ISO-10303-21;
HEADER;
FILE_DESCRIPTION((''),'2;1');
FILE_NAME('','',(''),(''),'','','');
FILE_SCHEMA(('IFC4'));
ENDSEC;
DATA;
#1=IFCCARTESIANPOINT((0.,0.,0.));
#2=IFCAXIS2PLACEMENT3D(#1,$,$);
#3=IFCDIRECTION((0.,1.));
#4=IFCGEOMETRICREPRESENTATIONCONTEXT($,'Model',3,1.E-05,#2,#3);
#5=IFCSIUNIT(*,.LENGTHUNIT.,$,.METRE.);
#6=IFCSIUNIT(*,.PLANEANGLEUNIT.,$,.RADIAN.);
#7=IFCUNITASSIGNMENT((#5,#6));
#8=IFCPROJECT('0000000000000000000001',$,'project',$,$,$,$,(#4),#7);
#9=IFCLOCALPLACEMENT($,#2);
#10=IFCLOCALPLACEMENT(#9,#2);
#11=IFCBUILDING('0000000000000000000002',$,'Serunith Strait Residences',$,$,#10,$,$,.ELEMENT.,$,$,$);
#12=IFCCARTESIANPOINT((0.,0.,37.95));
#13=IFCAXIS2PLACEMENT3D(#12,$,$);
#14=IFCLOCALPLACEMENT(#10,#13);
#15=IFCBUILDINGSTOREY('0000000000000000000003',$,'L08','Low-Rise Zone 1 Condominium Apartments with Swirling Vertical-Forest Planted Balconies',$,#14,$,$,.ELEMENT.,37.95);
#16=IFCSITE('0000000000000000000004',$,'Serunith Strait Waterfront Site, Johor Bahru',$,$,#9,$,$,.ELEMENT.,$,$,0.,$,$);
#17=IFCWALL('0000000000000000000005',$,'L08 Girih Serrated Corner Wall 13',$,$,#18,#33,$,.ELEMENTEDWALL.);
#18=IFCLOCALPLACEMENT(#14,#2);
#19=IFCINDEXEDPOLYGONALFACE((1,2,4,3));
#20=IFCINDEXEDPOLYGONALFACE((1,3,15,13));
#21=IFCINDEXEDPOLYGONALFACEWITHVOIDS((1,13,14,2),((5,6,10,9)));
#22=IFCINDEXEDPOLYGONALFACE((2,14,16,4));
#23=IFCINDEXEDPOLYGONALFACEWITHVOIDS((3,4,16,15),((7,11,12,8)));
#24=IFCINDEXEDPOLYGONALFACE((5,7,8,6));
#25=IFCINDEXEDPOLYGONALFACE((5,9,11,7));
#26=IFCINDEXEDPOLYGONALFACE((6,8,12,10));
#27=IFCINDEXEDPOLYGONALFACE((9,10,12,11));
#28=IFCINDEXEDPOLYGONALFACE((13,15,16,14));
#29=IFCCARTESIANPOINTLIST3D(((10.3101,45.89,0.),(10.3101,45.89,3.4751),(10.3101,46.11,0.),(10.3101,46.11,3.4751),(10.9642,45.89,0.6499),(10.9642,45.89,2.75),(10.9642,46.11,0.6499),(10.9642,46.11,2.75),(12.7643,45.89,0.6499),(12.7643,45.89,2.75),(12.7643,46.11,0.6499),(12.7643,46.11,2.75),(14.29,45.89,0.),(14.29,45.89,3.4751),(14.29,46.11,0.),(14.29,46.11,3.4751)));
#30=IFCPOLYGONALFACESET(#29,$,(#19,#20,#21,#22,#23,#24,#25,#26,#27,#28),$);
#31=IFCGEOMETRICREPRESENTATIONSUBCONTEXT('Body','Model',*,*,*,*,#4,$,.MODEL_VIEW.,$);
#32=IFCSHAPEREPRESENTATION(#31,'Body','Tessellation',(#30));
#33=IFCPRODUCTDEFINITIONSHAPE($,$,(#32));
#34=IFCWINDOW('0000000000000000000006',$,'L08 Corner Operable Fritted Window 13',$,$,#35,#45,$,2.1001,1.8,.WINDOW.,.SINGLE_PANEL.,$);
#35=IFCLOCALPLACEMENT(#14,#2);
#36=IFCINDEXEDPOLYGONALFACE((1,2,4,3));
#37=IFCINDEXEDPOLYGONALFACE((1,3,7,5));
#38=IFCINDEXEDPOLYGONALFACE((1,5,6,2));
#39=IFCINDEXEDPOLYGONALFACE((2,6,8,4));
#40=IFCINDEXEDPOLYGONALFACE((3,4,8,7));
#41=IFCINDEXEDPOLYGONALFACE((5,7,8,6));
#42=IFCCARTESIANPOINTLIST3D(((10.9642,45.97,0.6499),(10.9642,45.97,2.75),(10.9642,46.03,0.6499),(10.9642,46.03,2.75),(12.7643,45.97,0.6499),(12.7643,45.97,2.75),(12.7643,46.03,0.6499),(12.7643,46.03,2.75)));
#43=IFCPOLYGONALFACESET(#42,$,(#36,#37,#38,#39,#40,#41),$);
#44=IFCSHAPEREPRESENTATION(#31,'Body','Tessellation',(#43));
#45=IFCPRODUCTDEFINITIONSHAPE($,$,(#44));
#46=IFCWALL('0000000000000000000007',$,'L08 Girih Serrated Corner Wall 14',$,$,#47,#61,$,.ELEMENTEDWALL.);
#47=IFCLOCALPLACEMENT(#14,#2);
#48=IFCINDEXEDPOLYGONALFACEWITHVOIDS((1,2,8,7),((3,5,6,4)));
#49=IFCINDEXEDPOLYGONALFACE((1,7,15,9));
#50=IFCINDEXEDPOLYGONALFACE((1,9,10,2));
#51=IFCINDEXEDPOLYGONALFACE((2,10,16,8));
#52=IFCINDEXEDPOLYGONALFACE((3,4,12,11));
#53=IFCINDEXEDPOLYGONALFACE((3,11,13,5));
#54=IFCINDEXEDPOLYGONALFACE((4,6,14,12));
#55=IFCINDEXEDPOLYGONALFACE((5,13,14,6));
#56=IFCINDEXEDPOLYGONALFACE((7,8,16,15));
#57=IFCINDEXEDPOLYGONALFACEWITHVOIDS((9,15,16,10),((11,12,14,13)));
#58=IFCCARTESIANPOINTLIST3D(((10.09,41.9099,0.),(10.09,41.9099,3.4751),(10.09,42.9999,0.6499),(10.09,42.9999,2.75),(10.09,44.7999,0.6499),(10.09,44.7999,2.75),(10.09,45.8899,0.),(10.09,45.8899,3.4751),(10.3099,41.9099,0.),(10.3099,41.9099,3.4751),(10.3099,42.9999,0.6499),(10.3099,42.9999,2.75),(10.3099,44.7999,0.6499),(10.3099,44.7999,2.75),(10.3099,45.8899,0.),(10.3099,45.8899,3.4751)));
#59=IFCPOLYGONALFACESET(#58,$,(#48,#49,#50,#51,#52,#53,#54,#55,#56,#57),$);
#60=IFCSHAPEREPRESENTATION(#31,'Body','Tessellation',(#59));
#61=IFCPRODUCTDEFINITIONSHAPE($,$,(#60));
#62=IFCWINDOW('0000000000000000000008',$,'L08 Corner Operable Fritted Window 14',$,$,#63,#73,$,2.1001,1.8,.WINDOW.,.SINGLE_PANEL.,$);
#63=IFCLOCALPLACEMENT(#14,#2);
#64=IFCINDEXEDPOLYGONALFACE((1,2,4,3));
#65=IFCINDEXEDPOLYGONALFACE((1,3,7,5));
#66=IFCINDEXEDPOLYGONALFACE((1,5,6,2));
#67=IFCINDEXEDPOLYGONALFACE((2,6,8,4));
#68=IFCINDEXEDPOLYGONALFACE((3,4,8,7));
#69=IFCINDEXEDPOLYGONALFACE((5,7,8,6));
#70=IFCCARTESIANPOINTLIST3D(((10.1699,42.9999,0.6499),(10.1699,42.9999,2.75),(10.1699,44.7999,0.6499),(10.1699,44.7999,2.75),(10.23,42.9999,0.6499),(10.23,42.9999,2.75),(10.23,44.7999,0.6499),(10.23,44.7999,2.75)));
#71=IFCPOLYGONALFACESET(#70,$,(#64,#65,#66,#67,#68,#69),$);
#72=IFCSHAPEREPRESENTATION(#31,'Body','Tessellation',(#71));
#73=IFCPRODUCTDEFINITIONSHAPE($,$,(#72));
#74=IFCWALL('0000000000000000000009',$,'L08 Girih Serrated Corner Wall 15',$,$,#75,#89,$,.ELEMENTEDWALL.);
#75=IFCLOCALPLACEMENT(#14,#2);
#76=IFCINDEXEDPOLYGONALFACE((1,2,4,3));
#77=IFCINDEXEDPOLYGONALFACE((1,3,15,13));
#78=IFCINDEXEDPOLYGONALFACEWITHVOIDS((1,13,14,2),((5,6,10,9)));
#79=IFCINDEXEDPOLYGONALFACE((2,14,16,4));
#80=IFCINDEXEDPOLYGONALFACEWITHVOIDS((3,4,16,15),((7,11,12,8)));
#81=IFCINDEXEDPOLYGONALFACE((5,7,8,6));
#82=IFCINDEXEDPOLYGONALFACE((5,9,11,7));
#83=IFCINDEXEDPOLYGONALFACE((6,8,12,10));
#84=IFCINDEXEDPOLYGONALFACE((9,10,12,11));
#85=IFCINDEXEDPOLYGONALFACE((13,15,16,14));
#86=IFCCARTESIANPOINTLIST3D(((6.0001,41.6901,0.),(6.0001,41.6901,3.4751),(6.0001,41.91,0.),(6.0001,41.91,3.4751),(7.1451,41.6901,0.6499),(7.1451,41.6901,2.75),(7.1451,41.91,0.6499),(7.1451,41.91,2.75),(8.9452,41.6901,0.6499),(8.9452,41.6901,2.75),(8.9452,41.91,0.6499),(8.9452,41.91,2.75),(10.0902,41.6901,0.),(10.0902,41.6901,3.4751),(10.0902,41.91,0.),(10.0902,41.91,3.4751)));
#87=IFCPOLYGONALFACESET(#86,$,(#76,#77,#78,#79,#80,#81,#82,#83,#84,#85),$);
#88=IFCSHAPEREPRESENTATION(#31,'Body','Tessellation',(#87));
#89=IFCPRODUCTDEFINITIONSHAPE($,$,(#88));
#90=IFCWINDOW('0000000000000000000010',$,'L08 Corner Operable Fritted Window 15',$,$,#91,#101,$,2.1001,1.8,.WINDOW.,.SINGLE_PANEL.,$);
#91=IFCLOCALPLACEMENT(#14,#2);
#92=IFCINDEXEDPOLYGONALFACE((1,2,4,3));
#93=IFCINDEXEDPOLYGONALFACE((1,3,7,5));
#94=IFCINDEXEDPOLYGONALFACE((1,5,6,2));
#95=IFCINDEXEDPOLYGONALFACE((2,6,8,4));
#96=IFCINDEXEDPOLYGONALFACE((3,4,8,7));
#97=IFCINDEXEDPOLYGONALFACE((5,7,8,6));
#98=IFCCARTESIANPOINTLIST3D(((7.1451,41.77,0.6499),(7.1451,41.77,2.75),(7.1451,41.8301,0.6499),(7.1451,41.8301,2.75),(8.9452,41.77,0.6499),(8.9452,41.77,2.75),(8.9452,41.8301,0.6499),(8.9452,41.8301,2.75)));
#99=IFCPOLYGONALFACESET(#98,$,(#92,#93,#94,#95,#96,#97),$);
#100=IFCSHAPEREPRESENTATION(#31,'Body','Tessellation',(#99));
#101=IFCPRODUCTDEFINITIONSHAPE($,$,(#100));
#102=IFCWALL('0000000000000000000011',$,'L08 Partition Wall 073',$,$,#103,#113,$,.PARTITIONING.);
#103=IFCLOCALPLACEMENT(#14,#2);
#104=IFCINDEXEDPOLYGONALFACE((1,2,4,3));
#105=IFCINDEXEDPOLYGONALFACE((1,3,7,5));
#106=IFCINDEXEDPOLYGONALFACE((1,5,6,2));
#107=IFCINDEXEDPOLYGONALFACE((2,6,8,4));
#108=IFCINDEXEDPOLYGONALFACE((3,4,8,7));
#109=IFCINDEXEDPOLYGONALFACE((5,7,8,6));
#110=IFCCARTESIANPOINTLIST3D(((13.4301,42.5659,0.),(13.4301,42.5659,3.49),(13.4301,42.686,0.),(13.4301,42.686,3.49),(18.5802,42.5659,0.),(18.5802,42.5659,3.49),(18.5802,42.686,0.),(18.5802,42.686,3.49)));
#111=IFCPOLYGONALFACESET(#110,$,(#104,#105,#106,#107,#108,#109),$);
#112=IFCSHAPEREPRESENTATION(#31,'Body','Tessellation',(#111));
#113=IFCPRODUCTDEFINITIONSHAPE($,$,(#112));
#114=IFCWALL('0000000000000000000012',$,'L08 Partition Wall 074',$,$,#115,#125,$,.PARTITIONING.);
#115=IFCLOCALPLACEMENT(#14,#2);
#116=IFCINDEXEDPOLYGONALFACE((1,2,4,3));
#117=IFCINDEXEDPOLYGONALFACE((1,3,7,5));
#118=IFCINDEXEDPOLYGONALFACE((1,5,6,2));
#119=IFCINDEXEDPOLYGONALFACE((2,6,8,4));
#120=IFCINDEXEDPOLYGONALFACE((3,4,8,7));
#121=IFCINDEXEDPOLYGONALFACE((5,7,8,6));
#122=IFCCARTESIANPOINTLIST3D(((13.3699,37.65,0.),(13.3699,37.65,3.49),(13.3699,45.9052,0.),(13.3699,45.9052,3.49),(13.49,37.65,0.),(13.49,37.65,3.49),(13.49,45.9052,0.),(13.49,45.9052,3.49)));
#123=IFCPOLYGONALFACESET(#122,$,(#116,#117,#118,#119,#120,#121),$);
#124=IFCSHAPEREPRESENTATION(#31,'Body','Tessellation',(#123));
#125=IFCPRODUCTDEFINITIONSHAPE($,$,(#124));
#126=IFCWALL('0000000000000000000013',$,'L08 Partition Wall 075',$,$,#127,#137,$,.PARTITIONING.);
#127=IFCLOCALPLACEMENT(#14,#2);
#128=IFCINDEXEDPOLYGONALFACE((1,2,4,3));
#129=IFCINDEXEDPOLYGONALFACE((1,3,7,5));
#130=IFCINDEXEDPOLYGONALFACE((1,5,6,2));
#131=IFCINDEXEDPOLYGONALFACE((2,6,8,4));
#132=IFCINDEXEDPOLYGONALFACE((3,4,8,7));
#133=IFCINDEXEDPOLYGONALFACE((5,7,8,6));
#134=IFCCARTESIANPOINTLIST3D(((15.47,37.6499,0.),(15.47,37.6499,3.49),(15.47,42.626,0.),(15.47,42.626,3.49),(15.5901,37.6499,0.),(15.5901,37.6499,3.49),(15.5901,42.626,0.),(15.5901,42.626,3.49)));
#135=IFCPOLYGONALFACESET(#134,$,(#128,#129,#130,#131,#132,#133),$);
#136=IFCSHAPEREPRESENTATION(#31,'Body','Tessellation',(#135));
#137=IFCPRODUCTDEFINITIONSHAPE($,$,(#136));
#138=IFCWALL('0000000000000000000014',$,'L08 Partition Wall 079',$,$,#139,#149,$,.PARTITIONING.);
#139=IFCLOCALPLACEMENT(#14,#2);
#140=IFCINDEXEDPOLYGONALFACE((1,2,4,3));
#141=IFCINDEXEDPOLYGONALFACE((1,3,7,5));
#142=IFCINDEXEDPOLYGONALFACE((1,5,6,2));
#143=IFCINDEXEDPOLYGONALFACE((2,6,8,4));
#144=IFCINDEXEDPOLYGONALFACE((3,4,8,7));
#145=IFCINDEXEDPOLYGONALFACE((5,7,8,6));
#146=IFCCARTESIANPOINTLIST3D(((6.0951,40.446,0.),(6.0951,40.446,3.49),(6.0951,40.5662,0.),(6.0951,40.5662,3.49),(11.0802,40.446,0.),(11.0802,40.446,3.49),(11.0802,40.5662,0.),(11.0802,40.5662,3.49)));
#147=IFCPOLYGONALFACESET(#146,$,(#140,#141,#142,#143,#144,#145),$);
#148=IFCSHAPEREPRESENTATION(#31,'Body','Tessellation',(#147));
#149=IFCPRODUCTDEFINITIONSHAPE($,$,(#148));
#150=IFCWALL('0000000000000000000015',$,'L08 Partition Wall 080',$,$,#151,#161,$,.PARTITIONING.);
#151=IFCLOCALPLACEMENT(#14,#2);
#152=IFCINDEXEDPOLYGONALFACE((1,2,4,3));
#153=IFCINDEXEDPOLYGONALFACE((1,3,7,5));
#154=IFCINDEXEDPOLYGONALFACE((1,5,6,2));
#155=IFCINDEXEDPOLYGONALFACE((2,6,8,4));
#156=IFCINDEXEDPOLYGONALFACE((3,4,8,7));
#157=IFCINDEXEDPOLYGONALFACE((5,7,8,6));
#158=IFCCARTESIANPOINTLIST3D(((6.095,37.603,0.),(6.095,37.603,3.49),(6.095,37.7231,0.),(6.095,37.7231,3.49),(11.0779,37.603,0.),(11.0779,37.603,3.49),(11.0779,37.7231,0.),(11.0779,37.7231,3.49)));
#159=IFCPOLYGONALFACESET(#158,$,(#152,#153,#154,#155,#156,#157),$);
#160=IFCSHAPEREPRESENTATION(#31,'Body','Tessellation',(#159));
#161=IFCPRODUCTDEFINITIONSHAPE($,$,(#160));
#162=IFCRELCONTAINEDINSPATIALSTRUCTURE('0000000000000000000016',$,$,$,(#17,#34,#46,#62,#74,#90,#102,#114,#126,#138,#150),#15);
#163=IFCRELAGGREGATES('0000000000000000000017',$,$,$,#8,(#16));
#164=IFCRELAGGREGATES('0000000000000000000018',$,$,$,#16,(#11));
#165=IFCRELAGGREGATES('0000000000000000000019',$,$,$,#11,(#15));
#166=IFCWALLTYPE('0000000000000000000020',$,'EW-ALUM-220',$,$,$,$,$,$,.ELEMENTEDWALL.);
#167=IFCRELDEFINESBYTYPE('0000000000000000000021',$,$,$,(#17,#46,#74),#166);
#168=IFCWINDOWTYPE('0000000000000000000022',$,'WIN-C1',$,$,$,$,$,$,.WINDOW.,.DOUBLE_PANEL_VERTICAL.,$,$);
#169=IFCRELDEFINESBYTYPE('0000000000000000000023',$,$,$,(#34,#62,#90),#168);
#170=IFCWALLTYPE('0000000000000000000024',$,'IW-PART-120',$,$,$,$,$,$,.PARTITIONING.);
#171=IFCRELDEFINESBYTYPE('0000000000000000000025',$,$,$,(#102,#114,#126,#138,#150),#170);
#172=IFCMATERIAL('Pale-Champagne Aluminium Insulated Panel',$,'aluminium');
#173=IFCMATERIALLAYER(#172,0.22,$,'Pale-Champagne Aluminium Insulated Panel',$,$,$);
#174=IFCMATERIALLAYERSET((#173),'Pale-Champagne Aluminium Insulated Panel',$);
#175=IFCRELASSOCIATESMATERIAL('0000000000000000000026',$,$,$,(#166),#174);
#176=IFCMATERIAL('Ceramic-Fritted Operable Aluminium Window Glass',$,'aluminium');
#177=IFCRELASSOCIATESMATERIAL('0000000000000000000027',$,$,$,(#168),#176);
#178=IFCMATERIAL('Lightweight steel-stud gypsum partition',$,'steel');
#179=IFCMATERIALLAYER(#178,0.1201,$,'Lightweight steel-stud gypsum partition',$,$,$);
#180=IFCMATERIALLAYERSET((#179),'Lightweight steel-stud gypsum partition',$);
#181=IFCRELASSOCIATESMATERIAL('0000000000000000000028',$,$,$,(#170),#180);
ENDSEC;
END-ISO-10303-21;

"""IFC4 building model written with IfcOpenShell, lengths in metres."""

from ifc_helpers import new_model, si_unit, direction, frame, frame_2d, origin, place, context, subcontext, project, spatial, rectangle, extrude, source, transform, mapped, material, layer, layer_set, type_object, element, fill, save


model = new_model("IFC4")

# Units and contexts
model_context = context("Model", 3, precision=1e-05, world=origin(), true_north=direction((0.0, 1.0)))
body_context = subcontext(model_context, "Body", "Model", "MODEL_VIEW")
ifc_project = project(units=[si_unit("LENGTHUNIT", "METRE"), si_unit("PLANEANGLEUNIT", "RADIAN")], contexts=[model_context])

# Site, building, storey
site_placement = place(None, origin())
site = spatial("IfcSite", under=ifc_project, at=site_placement, Name="Serunith Strait Waterfront Site, Johor Bahru", CompositionType="ELEMENT", RefElevation=0.0)
building_placement = place(site_placement, origin())
building = spatial("IfcBuilding", under=site, at=building_placement, Name="Serunith Strait Residences", CompositionType="ELEMENT")
storey_placement = place(building_placement, frame((0.0, 0.0, 37.95)))
storey = spatial("IfcBuildingStorey", under=building, at=storey_placement, Name="L08", Description="Low-Rise Zone 1 Condominium Apartments with Swirling Vertical-Forest Planted Balconies", CompositionType="ELEMENT", Elevation=37.95)

# Walls, openings, windows
ifc_material_1 = material(Name="Pale-Champagne Aluminium Insulated Panel", Category="aluminium")
ifc_layer_1 = layer(ifc_material_1, 0.22, Name="Pale-Champagne Aluminium Insulated Panel")
ifc_layer_set_1 = layer_set([ifc_layer_1], Name="Pale-Champagne Aluminium Insulated Panel")
wall_type_1 = type_object("IfcWallType", Name="EW-ALUM-220", PredefinedType="ELEMENTEDWALL", material=ifc_layer_set_1)
ifc_material_2 = material(Name="Ceramic-Fritted Operable Aluminium Window Glass", Category="aluminium")
window_type = type_object("IfcWindowType", Name="WIN-C1", PartitioningType="DOUBLE_PANEL_VERTICAL", PredefinedType="WINDOW", material=ifc_material_2)
shared_shape_1 = source(origin(), body_context, "Body", "SweptSolid", [
    extrude(rectangle(XDim=1.8, YDim=2.1001, at=frame_2d((0.8999, 1.05))), frame((0.0, 0.03, 0.0), z_axis=(0.0, -1.0, 0.0), x_axis=(1.0, 0.0, 0.0)), (0.0, 0.0, 1.0), 0.0601),
])
wall_1_placement = place(storey_placement, frame((14.29, 46.0, 0.0), z_axis=(0.0, 0.0, 1.0), x_axis=(-1.0, 0.0, 0.0)))
wall_1 = element("IfcWall", 1, at=wall_1_placement, inside=storey, type_object=wall_type_1, Name="L08 Girih Serrated Corner Wall 13", PredefinedType="ELEMENTEDWALL", context=body_context, shape_type="SweptSolid", body=[
    extrude(rectangle(XDim=3.98, YDim=0.22, at=frame_2d((1.99, 0.0))), origin(), (0.0, 0.0, 1.0), 3.4751),
])
opening_1_placement = place(wall_1_placement, frame((1.5259, 0.0, 0.6499)))
opening_1 = element("IfcOpeningElement", 2, at=opening_1_placement, cuts=wall_1, PredefinedType="OPENING", context=body_context, shape_type="SweptSolid", body=[
    extrude(rectangle(XDim=1.8, YDim=2.1001, at=frame_2d((0.8999, 1.05))), frame((0.0, 0.1201, 0.0), z_axis=(0.0, -1.0, 0.0), x_axis=(1.0, 0.0, 0.0)), (0.0, 0.0, 1.0), 0.24),
])
window_1_placement = place(opening_1_placement, origin())
window_1 = element("IfcWindow", 3, at=window_1_placement, inside=storey, type_object=window_type, Name="L08 Corner Operable Fritted Window 13", OverallHeight=2.1001, OverallWidth=1.8, PartitioningType="SINGLE_PANEL", PredefinedType="WINDOW", context=body_context, shape_type="MappedRepresentation", body=[
    mapped(shared_shape_1, transform((0.0, 0.0, 0.0), scale=1.0)),
])
fill(opening_1, window_1)
wall_2_placement = place(storey_placement, frame((10.2, 45.8899, 0.0), z_axis=(0.0, 0.0, 1.0), x_axis=(0.0, -1.0, 0.0)))
wall_2 = element("IfcWall", 4, at=wall_2_placement, inside=storey, type_object=wall_type_1, Name="L08 Girih Serrated Corner Wall 14", PredefinedType="ELEMENTEDWALL", context=body_context, shape_type="SweptSolid", body=[
    extrude(rectangle(XDim=3.98, YDim=0.22, at=frame_2d((1.99, 0.0))), origin(), (0.0, 0.0, 1.0), 3.4751),
])
opening_2_placement = place(wall_2_placement, frame((1.0901, 0.0, 0.6499)))
opening_2 = element("IfcOpeningElement", 5, at=opening_2_placement, cuts=wall_2, PredefinedType="OPENING", context=body_context, shape_type="SweptSolid", body=[
    extrude(rectangle(XDim=1.8, YDim=2.1001, at=frame_2d((0.8999, 1.05))), frame((0.0, 0.1201, 0.0), z_axis=(0.0, -1.0, 0.0), x_axis=(1.0, 0.0, 0.0)), (0.0, 0.0, 1.0), 0.24),
])
window_2_placement = place(opening_2_placement, origin())
window_2 = element("IfcWindow", 6, at=window_2_placement, inside=storey, type_object=window_type, Name="L08 Corner Operable Fritted Window 14", OverallHeight=2.1001, OverallWidth=1.8, PartitioningType="SINGLE_PANEL", PredefinedType="WINDOW", context=body_context, shape_type="MappedRepresentation", body=[
    mapped(shared_shape_1, transform((0.0, 0.0, 0.0), scale=1.0)),
])
fill(opening_2, window_2)
wall_3_placement = place(storey_placement, frame((10.0901, 41.8, 0.0), z_axis=(0.0, 0.0, 1.0), x_axis=(-1.0, 0.0, 0.0)))
wall_3 = element("IfcWall", 7, at=wall_3_placement, inside=storey, type_object=wall_type_1, Name="L08 Girih Serrated Corner Wall 15", PredefinedType="ELEMENTEDWALL", context=body_context, shape_type="SweptSolid", body=[
    extrude(rectangle(XDim=4.0901, YDim=0.22, at=frame_2d((2.0449, 0.0))), origin(), (0.0, 0.0, 1.0), 3.4751),
])
opening_3_placement = place(wall_3_placement, frame((1.145, 0.0, 0.6499)))
opening_3 = element("IfcOpeningElement", 8, at=opening_3_placement, cuts=wall_3, PredefinedType="OPENING", context=body_context, shape_type="SweptSolid", body=[
    extrude(rectangle(XDim=1.8, YDim=2.1001, at=frame_2d((0.8999, 1.05))), frame((0.0, 0.1201, 0.0), z_axis=(0.0, -1.0, 0.0), x_axis=(1.0, 0.0, 0.0)), (0.0, 0.0, 1.0), 0.24),
])
window_3_placement = place(opening_3_placement, origin())
window_3 = element("IfcWindow", 9, at=window_3_placement, inside=storey, type_object=window_type, Name="L08 Corner Operable Fritted Window 15", OverallHeight=2.1001, OverallWidth=1.8, PartitioningType="SINGLE_PANEL", PredefinedType="WINDOW", context=body_context, shape_type="MappedRepresentation", body=[
    mapped(shared_shape_1, transform((0.0, 0.0, 0.0), scale=1.0)),
])
fill(opening_3, window_3)

# Walls
ifc_material_3 = material(Name="Lightweight steel-stud gypsum partition", Category="steel")
ifc_layer_2 = layer(ifc_material_3, 0.1201, Name="Lightweight steel-stud gypsum partition")
ifc_layer_set_2 = layer_set([ifc_layer_2], Name="Lightweight steel-stud gypsum partition")
wall_type_2 = type_object("IfcWallType", Name="IW-PART-120", PredefinedType="PARTITIONING", material=ifc_layer_set_2)
wall_4_placement = place(storey_placement, frame((13.4299, 42.626, 0.0), z_axis=(0.0, 0.0, 1.0), x_axis=(1.0, 0.0, 0.0)))
element("IfcWall", 10, at=wall_4_placement, inside=storey, type_object=wall_type_2, Name="L08 Partition Wall 073", PredefinedType="PARTITIONING", context=body_context, shape_type="SweptSolid", body=[
    extrude(rectangle(XDim=5.1501, YDim=0.1201, at=frame_2d((2.5752, 0.0))), origin(), (0.0, 0.0, 1.0), 3.49),
])
wall_5_placement = place(storey_placement, frame((13.4299, 45.905, 0.0), z_axis=(0.0, 0.0, 1.0), x_axis=(0.0, -1.0, 0.0)))
element("IfcWall", 11, at=wall_5_placement, inside=storey, type_object=wall_type_2, Name="L08 Partition Wall 074", PredefinedType="PARTITIONING", context=body_context, shape_type="SweptSolid", body=[
    extrude(rectangle(XDim=8.2551, YDim=0.1201, at=frame_2d((4.1274, 0.0))), origin(), (0.0, 0.0, 1.0), 3.49),
])
wall_6_placement = place(storey_placement, frame((15.53, 42.626, 0.0), z_axis=(0.0, 0.0, 1.0), x_axis=(0.0, -1.0, 0.0)))
element("IfcWall", 12, at=wall_6_placement, inside=storey, type_object=wall_type_2, Name="L08 Partition Wall 075", PredefinedType="PARTITIONING", context=body_context, shape_type="SweptSolid", body=[
    extrude(rectangle(XDim=4.9761, YDim=0.1201, at=frame_2d((2.488, 0.0))), origin(), (0.0, 0.0, 1.0), 3.49),
])
wall_7_placement = place(storey_placement, frame((6.095, 40.5061, 0.0), z_axis=(0.0, 0.0, 1.0), x_axis=(1.0, 0.0, 0.0)))
element("IfcWall", 13, at=wall_7_placement, inside=storey, type_object=wall_type_2, Name="L08 Partition Wall 079", PredefinedType="PARTITIONING", context=body_context, shape_type="SweptSolid", body=[
    extrude(rectangle(XDim=4.9851, YDim=0.1201, at=frame_2d((2.4927, 0.0))), origin(), (0.0, 0.0, 1.0), 3.49),
])
wall_8_placement = place(storey_placement, frame((6.095, 37.6631, 0.0), z_axis=(0.0, 0.0, 1.0), x_axis=(1.0, 0.0, 0.0)))
element("IfcWall", 14, at=wall_8_placement, inside=storey, type_object=wall_type_2, Name="L08 Partition Wall 080", PredefinedType="PARTITIONING", context=body_context, shape_type="SweptSolid", body=[
    extrude(rectangle(XDim=4.9829, YDim=0.1201, at=frame_2d((2.4915, 0.0))), origin(), (0.0, 0.0, 1.0), 3.49),
])

save(model, "model.ifc")
